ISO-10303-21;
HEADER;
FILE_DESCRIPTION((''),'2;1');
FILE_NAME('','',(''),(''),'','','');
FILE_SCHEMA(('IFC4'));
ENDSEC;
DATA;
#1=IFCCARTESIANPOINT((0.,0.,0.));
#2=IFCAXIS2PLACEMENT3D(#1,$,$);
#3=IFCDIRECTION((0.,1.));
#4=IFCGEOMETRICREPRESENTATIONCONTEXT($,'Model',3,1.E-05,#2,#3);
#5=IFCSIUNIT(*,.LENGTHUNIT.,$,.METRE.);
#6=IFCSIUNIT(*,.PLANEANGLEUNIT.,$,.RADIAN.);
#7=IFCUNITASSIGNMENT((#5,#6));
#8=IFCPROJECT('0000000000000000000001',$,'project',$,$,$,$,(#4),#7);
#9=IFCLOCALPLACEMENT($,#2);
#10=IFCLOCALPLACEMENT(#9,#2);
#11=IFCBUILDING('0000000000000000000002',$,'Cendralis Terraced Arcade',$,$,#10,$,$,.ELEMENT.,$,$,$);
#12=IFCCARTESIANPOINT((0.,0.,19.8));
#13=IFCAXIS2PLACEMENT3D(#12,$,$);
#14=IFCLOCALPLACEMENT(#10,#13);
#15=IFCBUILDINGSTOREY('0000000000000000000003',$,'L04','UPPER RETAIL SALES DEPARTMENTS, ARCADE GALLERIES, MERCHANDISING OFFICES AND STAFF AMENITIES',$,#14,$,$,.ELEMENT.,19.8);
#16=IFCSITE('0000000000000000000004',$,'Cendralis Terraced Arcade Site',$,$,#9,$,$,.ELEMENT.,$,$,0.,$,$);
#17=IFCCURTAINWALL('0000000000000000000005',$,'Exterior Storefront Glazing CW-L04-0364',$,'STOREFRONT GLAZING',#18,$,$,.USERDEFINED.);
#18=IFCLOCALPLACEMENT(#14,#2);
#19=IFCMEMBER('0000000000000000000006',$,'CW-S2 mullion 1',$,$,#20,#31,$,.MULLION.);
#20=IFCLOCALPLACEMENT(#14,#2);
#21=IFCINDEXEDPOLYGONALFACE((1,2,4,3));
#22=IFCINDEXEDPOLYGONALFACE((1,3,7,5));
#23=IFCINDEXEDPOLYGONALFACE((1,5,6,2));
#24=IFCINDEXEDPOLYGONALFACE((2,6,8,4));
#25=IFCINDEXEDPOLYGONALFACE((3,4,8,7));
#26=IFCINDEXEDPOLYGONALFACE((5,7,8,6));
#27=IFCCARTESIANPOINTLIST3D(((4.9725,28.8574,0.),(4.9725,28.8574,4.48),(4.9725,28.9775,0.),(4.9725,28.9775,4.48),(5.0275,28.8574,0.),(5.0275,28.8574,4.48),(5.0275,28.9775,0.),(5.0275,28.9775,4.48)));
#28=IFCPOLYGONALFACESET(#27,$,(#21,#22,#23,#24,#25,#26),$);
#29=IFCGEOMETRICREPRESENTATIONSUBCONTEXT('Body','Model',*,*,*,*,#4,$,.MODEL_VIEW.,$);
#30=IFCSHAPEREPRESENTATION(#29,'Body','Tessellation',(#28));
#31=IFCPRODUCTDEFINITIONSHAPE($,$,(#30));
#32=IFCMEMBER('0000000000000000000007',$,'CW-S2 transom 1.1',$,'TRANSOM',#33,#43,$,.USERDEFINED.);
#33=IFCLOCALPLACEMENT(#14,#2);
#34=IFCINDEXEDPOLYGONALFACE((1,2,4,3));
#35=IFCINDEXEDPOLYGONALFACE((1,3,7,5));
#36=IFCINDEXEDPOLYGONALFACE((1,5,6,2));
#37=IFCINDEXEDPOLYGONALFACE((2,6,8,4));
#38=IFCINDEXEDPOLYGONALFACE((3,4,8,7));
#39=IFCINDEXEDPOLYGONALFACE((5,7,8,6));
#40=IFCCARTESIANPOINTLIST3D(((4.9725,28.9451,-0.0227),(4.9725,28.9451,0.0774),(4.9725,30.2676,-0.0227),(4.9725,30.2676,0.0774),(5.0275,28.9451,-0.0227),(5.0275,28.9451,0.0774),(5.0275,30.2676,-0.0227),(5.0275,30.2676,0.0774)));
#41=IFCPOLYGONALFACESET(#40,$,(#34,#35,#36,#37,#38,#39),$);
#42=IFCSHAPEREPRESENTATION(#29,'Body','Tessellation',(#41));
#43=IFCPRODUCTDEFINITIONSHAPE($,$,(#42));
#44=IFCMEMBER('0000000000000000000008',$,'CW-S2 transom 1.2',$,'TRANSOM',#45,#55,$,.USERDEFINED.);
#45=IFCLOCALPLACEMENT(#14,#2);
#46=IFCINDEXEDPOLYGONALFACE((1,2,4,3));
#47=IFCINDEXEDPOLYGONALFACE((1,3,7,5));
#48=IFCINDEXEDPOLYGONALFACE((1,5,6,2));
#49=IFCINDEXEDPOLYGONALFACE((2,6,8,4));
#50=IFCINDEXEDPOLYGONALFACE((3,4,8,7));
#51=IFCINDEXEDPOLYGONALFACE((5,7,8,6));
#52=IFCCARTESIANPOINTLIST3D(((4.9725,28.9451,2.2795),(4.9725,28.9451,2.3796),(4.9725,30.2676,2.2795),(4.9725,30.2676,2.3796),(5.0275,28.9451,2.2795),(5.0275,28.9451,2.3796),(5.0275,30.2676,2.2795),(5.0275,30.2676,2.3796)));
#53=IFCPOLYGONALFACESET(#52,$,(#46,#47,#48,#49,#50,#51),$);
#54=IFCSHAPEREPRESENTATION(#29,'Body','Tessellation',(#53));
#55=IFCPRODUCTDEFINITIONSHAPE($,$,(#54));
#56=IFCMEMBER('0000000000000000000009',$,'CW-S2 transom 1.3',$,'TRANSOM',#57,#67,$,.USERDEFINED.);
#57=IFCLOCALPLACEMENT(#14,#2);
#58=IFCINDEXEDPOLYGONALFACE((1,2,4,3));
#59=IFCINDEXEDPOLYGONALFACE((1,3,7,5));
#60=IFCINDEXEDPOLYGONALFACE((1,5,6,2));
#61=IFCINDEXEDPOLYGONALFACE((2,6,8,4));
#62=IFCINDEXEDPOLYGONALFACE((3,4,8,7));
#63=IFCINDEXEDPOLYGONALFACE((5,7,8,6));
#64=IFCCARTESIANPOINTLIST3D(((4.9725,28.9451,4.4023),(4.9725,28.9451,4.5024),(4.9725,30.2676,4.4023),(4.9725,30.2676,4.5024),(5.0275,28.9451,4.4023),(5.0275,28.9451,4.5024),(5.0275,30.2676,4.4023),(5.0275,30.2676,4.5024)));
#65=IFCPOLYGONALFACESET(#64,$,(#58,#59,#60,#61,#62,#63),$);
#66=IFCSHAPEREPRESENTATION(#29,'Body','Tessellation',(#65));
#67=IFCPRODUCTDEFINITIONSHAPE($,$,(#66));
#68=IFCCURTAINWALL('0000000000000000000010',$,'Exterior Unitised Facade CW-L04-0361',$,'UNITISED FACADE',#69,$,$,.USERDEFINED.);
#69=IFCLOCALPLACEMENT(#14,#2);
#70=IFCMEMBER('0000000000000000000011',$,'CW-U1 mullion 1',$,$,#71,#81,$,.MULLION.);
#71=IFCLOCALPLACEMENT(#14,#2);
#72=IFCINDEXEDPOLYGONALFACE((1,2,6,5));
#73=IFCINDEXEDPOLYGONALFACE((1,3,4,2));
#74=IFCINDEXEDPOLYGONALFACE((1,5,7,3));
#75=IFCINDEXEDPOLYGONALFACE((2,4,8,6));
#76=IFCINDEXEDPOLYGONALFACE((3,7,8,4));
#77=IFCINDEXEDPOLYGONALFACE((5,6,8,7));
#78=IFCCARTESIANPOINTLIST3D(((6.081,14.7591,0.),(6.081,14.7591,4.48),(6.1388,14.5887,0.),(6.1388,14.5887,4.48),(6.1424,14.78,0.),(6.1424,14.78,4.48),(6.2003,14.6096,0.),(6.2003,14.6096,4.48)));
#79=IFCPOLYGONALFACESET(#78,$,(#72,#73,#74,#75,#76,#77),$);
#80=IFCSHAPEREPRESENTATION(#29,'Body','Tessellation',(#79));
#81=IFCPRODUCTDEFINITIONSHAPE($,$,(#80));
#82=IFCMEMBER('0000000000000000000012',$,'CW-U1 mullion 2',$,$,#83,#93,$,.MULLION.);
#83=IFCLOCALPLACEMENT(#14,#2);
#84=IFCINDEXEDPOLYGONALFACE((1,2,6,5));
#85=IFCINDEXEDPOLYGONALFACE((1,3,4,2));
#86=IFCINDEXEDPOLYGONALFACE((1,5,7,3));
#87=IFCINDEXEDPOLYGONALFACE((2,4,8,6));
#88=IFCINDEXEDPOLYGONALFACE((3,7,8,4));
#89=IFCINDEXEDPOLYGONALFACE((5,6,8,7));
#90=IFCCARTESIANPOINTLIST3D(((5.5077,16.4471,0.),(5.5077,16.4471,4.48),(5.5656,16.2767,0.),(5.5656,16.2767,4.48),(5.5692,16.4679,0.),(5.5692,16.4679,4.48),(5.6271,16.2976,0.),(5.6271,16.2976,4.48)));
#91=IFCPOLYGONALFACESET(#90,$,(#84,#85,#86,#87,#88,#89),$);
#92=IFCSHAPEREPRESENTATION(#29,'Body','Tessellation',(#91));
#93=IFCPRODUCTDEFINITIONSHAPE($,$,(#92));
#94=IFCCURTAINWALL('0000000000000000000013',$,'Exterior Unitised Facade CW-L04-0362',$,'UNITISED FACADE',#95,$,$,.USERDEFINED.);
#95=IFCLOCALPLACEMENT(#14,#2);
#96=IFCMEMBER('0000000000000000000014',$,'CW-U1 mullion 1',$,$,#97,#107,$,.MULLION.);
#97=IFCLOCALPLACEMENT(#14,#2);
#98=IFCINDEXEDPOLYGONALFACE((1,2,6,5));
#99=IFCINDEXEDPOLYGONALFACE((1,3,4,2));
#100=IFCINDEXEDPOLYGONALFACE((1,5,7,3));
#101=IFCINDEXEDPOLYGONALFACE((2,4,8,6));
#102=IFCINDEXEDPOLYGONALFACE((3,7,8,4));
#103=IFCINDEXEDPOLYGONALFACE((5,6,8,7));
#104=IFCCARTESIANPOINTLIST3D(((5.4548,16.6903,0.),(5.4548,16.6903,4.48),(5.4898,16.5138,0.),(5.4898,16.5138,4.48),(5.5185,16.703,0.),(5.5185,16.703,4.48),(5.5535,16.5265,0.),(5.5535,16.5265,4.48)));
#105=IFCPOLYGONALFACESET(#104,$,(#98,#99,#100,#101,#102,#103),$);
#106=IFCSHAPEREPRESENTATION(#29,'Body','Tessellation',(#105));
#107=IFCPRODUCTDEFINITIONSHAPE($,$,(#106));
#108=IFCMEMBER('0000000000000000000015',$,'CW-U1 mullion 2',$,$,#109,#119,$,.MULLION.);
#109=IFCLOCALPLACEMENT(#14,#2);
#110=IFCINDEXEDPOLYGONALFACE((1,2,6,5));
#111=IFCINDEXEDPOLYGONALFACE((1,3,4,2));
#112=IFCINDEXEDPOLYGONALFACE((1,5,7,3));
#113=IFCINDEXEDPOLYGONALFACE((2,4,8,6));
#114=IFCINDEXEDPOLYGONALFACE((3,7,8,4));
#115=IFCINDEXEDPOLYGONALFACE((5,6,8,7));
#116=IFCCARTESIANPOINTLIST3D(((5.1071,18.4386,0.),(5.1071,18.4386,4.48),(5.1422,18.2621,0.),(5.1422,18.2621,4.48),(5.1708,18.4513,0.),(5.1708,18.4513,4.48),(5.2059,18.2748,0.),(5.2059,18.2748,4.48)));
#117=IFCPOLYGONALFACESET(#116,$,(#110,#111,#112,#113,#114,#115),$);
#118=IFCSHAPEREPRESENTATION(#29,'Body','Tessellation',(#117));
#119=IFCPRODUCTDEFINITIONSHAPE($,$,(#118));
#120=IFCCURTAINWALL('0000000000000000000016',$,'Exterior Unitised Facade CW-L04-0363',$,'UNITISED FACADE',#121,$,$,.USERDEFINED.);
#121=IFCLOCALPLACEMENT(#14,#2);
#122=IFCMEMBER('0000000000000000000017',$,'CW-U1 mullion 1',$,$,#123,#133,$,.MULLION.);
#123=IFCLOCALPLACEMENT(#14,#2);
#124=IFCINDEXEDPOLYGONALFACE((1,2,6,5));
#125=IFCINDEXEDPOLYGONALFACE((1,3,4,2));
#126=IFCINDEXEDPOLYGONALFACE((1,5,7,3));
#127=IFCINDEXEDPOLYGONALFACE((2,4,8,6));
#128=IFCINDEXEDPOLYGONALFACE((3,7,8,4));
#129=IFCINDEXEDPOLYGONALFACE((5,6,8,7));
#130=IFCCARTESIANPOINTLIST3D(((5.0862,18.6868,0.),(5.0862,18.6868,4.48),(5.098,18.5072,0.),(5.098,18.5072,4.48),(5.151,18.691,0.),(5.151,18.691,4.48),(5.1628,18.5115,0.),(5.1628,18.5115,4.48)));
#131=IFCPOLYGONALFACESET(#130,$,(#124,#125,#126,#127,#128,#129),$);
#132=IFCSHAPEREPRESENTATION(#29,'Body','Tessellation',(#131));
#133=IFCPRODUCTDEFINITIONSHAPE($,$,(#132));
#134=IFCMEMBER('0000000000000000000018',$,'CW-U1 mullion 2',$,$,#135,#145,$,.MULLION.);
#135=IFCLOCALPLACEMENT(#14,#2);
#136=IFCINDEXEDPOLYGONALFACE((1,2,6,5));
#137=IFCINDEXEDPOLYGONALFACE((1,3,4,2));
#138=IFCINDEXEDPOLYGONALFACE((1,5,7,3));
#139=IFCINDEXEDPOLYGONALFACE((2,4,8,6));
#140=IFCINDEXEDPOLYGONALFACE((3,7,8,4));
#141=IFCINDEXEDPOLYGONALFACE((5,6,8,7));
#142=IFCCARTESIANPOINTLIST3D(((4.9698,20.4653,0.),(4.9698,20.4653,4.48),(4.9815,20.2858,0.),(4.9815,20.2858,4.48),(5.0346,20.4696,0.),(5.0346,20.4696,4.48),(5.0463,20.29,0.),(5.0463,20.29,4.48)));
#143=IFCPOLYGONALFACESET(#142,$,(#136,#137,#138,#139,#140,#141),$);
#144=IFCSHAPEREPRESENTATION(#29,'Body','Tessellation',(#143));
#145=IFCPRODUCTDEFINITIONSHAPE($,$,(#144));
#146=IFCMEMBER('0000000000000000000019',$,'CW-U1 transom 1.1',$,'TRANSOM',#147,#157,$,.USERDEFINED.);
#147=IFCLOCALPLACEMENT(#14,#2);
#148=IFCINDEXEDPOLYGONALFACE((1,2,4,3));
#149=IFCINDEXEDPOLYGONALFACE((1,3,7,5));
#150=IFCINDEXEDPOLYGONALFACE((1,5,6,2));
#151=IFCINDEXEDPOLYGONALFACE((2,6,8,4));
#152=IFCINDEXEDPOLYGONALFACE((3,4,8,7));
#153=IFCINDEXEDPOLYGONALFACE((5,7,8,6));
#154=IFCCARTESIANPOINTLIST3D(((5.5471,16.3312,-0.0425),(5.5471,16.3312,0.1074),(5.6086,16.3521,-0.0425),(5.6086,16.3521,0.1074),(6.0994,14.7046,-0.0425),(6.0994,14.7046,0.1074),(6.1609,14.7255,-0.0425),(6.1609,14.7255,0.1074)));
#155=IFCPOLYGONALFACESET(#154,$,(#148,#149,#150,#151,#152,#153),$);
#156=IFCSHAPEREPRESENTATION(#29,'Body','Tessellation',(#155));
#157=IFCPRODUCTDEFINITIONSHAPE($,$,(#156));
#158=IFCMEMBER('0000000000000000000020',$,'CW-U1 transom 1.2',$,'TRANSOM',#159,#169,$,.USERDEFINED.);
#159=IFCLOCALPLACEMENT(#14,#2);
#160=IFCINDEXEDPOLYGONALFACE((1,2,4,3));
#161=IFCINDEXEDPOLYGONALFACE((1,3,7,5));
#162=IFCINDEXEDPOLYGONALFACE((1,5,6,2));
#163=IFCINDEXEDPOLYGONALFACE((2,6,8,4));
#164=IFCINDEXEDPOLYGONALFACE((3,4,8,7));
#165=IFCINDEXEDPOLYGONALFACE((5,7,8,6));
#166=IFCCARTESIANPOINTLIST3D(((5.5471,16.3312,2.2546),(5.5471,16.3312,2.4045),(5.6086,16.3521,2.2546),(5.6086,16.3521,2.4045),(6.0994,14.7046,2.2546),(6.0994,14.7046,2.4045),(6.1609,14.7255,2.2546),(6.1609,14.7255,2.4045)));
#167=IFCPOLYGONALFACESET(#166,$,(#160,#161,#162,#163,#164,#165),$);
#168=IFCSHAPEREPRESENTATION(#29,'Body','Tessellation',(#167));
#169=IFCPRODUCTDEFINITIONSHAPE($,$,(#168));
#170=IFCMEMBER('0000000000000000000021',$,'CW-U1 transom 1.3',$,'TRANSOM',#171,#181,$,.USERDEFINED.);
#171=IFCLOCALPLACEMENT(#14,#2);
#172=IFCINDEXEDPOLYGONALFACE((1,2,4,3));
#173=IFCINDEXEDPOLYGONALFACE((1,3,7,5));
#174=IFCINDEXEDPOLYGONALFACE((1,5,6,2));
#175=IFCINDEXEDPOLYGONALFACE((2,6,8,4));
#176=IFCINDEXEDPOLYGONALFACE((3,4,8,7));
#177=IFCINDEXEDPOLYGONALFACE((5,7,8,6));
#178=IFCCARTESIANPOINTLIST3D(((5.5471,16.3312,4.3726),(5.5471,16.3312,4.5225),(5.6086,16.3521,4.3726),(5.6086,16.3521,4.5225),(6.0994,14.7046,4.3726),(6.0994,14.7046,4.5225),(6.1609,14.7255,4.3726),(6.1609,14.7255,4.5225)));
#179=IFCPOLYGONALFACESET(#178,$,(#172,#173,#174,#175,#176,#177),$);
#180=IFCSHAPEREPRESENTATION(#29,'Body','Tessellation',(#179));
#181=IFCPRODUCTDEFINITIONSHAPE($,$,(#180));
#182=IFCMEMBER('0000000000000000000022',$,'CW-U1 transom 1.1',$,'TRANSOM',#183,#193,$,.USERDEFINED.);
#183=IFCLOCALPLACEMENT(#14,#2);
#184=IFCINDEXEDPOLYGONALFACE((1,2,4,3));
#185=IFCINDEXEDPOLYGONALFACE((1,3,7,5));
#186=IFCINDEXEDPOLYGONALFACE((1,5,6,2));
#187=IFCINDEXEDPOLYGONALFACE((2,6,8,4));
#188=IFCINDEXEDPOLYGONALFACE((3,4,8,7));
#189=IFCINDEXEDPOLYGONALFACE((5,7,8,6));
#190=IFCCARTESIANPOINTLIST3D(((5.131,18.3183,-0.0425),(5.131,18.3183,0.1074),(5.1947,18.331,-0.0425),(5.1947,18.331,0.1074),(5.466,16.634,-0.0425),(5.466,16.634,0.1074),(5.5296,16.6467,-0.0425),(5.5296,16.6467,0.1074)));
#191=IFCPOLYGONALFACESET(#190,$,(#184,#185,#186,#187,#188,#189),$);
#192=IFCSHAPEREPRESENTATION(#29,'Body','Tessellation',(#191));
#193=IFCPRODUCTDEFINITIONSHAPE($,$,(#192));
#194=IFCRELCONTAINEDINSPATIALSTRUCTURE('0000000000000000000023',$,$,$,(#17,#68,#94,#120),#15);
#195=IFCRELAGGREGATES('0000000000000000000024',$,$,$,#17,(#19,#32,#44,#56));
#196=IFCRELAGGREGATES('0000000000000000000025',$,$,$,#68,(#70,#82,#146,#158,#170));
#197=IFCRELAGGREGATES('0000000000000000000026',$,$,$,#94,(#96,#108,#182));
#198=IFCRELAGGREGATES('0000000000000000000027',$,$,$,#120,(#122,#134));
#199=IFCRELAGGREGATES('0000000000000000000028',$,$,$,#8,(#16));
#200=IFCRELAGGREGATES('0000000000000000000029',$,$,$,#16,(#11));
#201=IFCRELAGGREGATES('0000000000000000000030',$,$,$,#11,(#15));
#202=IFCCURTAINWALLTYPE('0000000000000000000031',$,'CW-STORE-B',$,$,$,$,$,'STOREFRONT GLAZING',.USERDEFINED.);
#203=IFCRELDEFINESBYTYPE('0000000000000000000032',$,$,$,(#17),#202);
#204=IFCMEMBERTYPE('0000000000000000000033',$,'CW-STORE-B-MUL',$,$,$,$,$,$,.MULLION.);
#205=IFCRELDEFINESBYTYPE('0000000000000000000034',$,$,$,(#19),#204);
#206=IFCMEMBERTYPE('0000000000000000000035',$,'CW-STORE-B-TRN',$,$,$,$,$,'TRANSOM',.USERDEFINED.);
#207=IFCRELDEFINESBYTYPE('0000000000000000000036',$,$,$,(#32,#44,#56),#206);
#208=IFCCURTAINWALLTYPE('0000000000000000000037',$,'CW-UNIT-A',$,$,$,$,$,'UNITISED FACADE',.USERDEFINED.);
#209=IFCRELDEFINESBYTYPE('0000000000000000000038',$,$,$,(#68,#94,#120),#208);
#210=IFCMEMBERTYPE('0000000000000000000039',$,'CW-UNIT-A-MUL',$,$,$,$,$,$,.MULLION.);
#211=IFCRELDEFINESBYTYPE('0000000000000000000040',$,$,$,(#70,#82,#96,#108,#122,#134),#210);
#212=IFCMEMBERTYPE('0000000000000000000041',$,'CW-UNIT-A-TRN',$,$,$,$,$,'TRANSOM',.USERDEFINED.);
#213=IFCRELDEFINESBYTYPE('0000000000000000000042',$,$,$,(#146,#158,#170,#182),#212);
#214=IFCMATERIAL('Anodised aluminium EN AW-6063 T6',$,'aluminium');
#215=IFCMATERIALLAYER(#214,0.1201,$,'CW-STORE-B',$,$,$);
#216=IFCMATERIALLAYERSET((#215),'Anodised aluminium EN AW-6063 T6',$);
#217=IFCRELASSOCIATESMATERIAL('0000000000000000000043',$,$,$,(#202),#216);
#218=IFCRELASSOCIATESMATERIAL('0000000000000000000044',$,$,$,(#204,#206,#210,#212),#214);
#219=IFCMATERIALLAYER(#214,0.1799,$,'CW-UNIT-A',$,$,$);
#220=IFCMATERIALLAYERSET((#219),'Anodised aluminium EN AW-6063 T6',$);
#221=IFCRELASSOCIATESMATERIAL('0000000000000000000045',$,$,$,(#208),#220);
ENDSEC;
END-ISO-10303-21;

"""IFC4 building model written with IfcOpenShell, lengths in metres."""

from ifc_helpers import new_model, si_unit, direction, frame, origin, origin_2d, place, context, subcontext, project, spatial, rectangle, extrude, material, layer, layer_set, material_profile, profile_set, type_object, element, aggregate, save


model = new_model("IFC4")

# Units and contexts
model_context = context("Model", 3, precision=1e-05, world=origin(), true_north=direction((0.0, 1.0)))
body_context = subcontext(model_context, "Body", "Model", "MODEL_VIEW")
ifc_project = project(units=[si_unit("LENGTHUNIT", "METRE"), si_unit("PLANEANGLEUNIT", "RADIAN")], contexts=[model_context])

# Site, building, storey
site_placement = place(None, origin())
site = spatial("IfcSite", under=ifc_project, at=site_placement, Name="Cendralis Terraced Arcade Site", CompositionType="ELEMENT", RefElevation=0.0)
building_placement = place(site_placement, origin())
building = spatial("IfcBuilding", under=site, at=building_placement, Name="Cendralis Terraced Arcade", CompositionType="ELEMENT")
storey_placement = place(building_placement, frame((0.0, 0.0, 19.8)))
storey = spatial("IfcBuildingStorey", under=building, at=storey_placement, Name="L04", Description="UPPER RETAIL SALES DEPARTMENTS, ARCADE GALLERIES, MERCHANDISING OFFICES AND STAFF AMENITIES", CompositionType="ELEMENT", Elevation=19.8)

# Curtain walls, members
ifc_material_1 = material(Name="Anodised aluminium EN AW-6063 T6", Category="aluminium")
ifc_layer_1 = layer(ifc_material_1, 0.1201, Name="CW-STORE-B")
ifc_layer_set_1 = layer_set([ifc_layer_1], Name="Anodised aluminium EN AW-6063 T6")
curtain_wall_type_1 = type_object("IfcCurtainWallType", Name="CW-STORE-B", ElementType="STOREFRONT GLAZING", PredefinedType="USERDEFINED", material=ifc_layer_set_1)
curtain_wall_1_placement = place(storey_placement, origin())
curtain_wall_1 = element("IfcCurtainWall", 1, at=curtain_wall_1_placement, inside=storey, type_object=curtain_wall_type_1, Name="Exterior Storefront Glazing CW-L04-0364", ObjectType="STOREFRONT GLAZING", PredefinedType="USERDEFINED")
ifc_material_profile_1 = material_profile(ifc_material_1, rectangle(XDim=0.0549, YDim=0.1201, at=origin_2d()), Name="ALU-MUL-55x120")
ifc_profile_set_1 = profile_set([ifc_material_profile_1], Name="Anodised aluminium EN AW-6063 T6")
member_type_1 = type_object("IfcMemberType", Name="CW-STORE-B-MUL", PredefinedType="MULLION", material=ifc_profile_set_1)
member_1_placement = place(storey_placement, frame((5.0, 28.9175, 0.0), z_axis=(0.0, 0.0, 1.0), x_axis=(-1.0, 0.0, 0.0)))
member_1 = element("IfcMember", 2, at=member_1_placement, type_object=member_type_1, Name="CW-S2 mullion 1", PredefinedType="MULLION", context=body_context, shape_type="SweptSolid", body=[
    extrude(rectangle(XDim=0.0549, YDim=0.1201, at=origin_2d()), origin(), (0.0, 0.0, 1.0), 4.48),
])
ifc_material_profile_2 = material_profile(ifc_material_1, rectangle(XDim=0.0549, YDim=0.1001, at=origin_2d()), Name="ALU-TRN-55x100")
ifc_profile_set_2 = profile_set([ifc_material_profile_2], Name="Anodised aluminium EN AW-6063 T6")
member_type_2 = type_object("IfcMemberType", Name="CW-STORE-B-TRN", ElementType="TRANSOM", PredefinedType="USERDEFINED", material=ifc_profile_set_2)
member_2_placement = place(storey_placement, frame((5.0, 28.9451, 0.0273), z_axis=(0.0, 1.0, 0.0), x_axis=(-1.0, 0.0, 0.0)))
member_2 = element("IfcMember", 3, at=member_2_placement, type_object=member_type_2, Name="CW-S2 transom 1.1", ObjectType="TRANSOM", PredefinedType="USERDEFINED", context=body_context, shape_type="SweptSolid", body=[
    extrude(rectangle(XDim=0.0549, YDim=0.1001, at=origin_2d()), origin(), (0.0, 0.0, 1.0), 1.3225),
])
member_3_placement = place(storey_placement, frame((5.0, 28.9451, 2.3296), z_axis=(0.0, 1.0, 0.0), x_axis=(-1.0, 0.0, 0.0)))
member_3 = element("IfcMember", 4, at=member_3_placement, type_object=member_type_2, Name="CW-S2 transom 1.2", ObjectType="TRANSOM", PredefinedType="USERDEFINED", context=body_context, shape_type="SweptSolid", body=[
    extrude(rectangle(XDim=0.0549, YDim=0.1001, at=origin_2d()), origin(), (0.0, 0.0, 1.0), 1.3225),
])
member_4_placement = place(storey_placement, frame((5.0, 28.9451, 4.4524), z_axis=(0.0, 1.0, 0.0), x_axis=(-1.0, 0.0, 0.0)))
member_4 = element("IfcMember", 5, at=member_4_placement, type_object=member_type_2, Name="CW-S2 transom 1.3", ObjectType="TRANSOM", PredefinedType="USERDEFINED", context=body_context, shape_type="SweptSolid", body=[
    extrude(rectangle(XDim=0.0549, YDim=0.1001, at=origin_2d()), origin(), (0.0, 0.0, 1.0), 1.3225),
])
ifc_layer_2 = layer(ifc_material_1, 0.1799, Name="CW-UNIT-A")
ifc_layer_set_2 = layer_set([ifc_layer_2], Name="Anodised aluminium EN AW-6063 T6")
curtain_wall_type_2 = type_object("IfcCurtainWallType", Name="CW-UNIT-A", ElementType="UNITISED FACADE", PredefinedType="USERDEFINED", material=ifc_layer_set_2)
curtain_wall_2_placement = place(storey_placement, origin())
curtain_wall_2 = element("IfcCurtainWall", 6, at=curtain_wall_2_placement, inside=storey, type_object=curtain_wall_type_2, Name="Exterior Unitised Facade CW-L04-0361", ObjectType="UNITISED FACADE", PredefinedType="USERDEFINED")
ifc_material_profile_3 = material_profile(ifc_material_1, rectangle(XDim=0.0649, YDim=0.1799, at=origin_2d()), Name="ALU-MUL-65x180")
ifc_profile_set_3 = profile_set([ifc_material_profile_3], Name="Anodised aluminium EN AW-6063 T6")
member_type_3 = type_object("IfcMemberType", Name="CW-UNIT-A-MUL", PredefinedType="MULLION", material=ifc_profile_set_3)
member_5_placement = place(storey_placement, frame((6.1406, 14.6843, 0.0), z_axis=(0.0, 0.0, 1.0), x_axis=(-0.94691, -0.3215, 0.0)))
member_5 = element("IfcMember", 7, at=member_5_placement, type_object=member_type_3, Name="CW-U1 mullion 1", PredefinedType="MULLION", context=body_context, shape_type="SweptSolid", body=[
    extrude(rectangle(XDim=0.0649, YDim=0.1799, at=origin_2d()), origin(), (0.0, 0.0, 1.0), 4.48),
])
member_6_placement = place(storey_placement, frame((5.5674, 16.3723, 0.0), z_axis=(0.0, 0.0, 1.0), x_axis=(-0.94691, -0.3215, 0.0)))
member_6 = element("IfcMember", 8, at=member_6_placement, type_object=member_type_3, Name="CW-U1 mullion 2", PredefinedType="MULLION", context=body_context, shape_type="SweptSolid", body=[
    extrude(rectangle(XDim=0.0649, YDim=0.1799, at=origin_2d()), origin(), (0.0, 0.0, 1.0), 4.48),
])
curtain_wall_3_placement = place(storey_placement, origin())
curtain_wall_3 = element("IfcCurtainWall", 9, at=curtain_wall_3_placement, inside=storey, type_object=curtain_wall_type_2, Name="Exterior Unitised Facade CW-L04-0362", ObjectType="UNITISED FACADE", PredefinedType="USERDEFINED")
member_7_placement = place(storey_placement, frame((5.5042, 16.6084, 0.0), z_axis=(0.0, 0.0, 1.0), x_axis=(-0.980797, -0.195033, 0.0)))
member_7 = element("IfcMember", 10, at=member_7_placement, type_object=member_type_3, Name="CW-U1 mullion 1", PredefinedType="MULLION", context=body_context, shape_type="SweptSolid", body=[
    extrude(rectangle(XDim=0.0649, YDim=0.1799, at=origin_2d()), origin(), (0.0, 0.0, 1.0), 4.48),
])
member_8_placement = place(storey_placement, frame((5.1565, 18.3567, 0.0), z_axis=(0.0, 0.0, 1.0), x_axis=(-0.980797, -0.195033, 0.0)))
member_8 = element("IfcMember", 11, at=member_8_placement, type_object=member_type_3, Name="CW-U1 mullion 2", PredefinedType="MULLION", context=body_context, shape_type="SweptSolid", body=[
    extrude(rectangle(XDim=0.0649, YDim=0.1799, at=origin_2d()), origin(), (0.0, 0.0, 1.0), 4.48),
])
curtain_wall_4_placement = place(storey_placement, origin())
curtain_wall_4 = element("IfcCurtainWall", 12, at=curtain_wall_4_placement, inside=storey, type_object=curtain_wall_type_2, Name="Exterior Unitised Facade CW-L04-0363", ObjectType="UNITISED FACADE", PredefinedType="USERDEFINED")
member_9_placement = place(storey_placement, frame((5.1245, 18.5991, 0.0), z_axis=(0.0, 0.0, 1.0), x_axis=(-0.99786, -0.065384, 0.0)))
member_9 = element("IfcMember", 13, at=member_9_placement, type_object=member_type_3, Name="CW-U1 mullion 1", PredefinedType="MULLION", context=body_context, shape_type="SweptSolid", body=[
    extrude(rectangle(XDim=0.0649, YDim=0.1799, at=origin_2d()), origin(), (0.0, 0.0, 1.0), 4.48),
])
member_10_placement = place(storey_placement, frame((5.0081, 20.3777, 0.0), z_axis=(0.0, 0.0, 1.0), x_axis=(-0.99786, -0.065384, 0.0)))
member_10 = element("IfcMember", 14, at=member_10_placement, type_object=member_type_3, Name="CW-U1 mullion 2", PredefinedType="MULLION", context=body_context, shape_type="SweptSolid", body=[
    extrude(rectangle(XDim=0.0649, YDim=0.1799, at=origin_2d()), origin(), (0.0, 0.0, 1.0), 4.48),
])

# Members
ifc_material_profile_4 = material_profile(ifc_material_1, rectangle(XDim=0.0649, YDim=0.1499, at=origin_2d()), Name="ALU-TRN-65x150")
ifc_profile_set_4 = profile_set([ifc_material_profile_4], Name="Anodised aluminium EN AW-6063 T6")
member_type_4 = type_object("IfcMemberType", Name="CW-UNIT-A-TRN", ElementType="TRANSOM", PredefinedType="USERDEFINED", material=ifc_profile_set_4)
member_11_placement = place(storey_placement, frame((6.1301, 14.7151, 0.0325), z_axis=(-0.32151, 0.946906, 0.0), x_axis=(-0.946906, -0.32151, 0.0)))
member_11 = element("IfcMember", 15, at=member_11_placement, type_object=member_type_4, Name="CW-U1 transom 1.1", ObjectType="TRANSOM", PredefinedType="USERDEFINED", context=body_context, shape_type="SweptSolid", body=[
    extrude(rectangle(XDim=0.0649, YDim=0.1499, at=origin_2d()), origin(), (0.0, 0.0, 1.0), 1.7178),
])
member_12_placement = place(storey_placement, frame((6.1301, 14.7151, 2.3296), z_axis=(-0.32151, 0.946906, 0.0), x_axis=(-0.946906, -0.32151, 0.0)))
member_12 = element("IfcMember", 16, at=member_12_placement, type_object=member_type_4, Name="CW-U1 transom 1.2", ObjectType="TRANSOM", PredefinedType="USERDEFINED", context=body_context, shape_type="SweptSolid", body=[
    extrude(rectangle(XDim=0.0649, YDim=0.1499, at=origin_2d()), origin(), (0.0, 0.0, 1.0), 1.7178),
])
member_13_placement = place(storey_placement, frame((6.1301, 14.7151, 4.4475), z_axis=(-0.32151, 0.946906, 0.0), x_axis=(-0.946906, -0.32151, 0.0)))
member_13 = element("IfcMember", 17, at=member_13_placement, type_object=member_type_4, Name="CW-U1 transom 1.3", ObjectType="TRANSOM", PredefinedType="USERDEFINED", context=body_context, shape_type="SweptSolid", body=[
    extrude(rectangle(XDim=0.0649, YDim=0.1499, at=origin_2d()), origin(), (0.0, 0.0, 1.0), 1.7178),
])
member_14_placement = place(storey_placement, frame((5.4978, 16.6404, 0.0325), z_axis=(-0.19505, 0.980793, 0.0), x_axis=(-0.980793, -0.19505, 0.0)))
member_14 = element("IfcMember", 18, at=member_14_placement, type_object=member_type_4, Name="CW-U1 transom 1.1", ObjectType="TRANSOM", PredefinedType="USERDEFINED", context=body_context, shape_type="SweptSolid", body=[
    extrude(rectangle(XDim=0.0649, YDim=0.1499, at=origin_2d()), origin(), (0.0, 0.0, 1.0), 1.7173),
])

aggregate(curtain_wall_1, [member_1, member_2, member_3, member_4])
aggregate(curtain_wall_2, [member_5, member_6, member_11, member_12, member_13])
aggregate(curtain_wall_3, [member_7, member_8, member_14])
aggregate(curtain_wall_4, [member_9, member_10])

save(model, "model.ifc")
